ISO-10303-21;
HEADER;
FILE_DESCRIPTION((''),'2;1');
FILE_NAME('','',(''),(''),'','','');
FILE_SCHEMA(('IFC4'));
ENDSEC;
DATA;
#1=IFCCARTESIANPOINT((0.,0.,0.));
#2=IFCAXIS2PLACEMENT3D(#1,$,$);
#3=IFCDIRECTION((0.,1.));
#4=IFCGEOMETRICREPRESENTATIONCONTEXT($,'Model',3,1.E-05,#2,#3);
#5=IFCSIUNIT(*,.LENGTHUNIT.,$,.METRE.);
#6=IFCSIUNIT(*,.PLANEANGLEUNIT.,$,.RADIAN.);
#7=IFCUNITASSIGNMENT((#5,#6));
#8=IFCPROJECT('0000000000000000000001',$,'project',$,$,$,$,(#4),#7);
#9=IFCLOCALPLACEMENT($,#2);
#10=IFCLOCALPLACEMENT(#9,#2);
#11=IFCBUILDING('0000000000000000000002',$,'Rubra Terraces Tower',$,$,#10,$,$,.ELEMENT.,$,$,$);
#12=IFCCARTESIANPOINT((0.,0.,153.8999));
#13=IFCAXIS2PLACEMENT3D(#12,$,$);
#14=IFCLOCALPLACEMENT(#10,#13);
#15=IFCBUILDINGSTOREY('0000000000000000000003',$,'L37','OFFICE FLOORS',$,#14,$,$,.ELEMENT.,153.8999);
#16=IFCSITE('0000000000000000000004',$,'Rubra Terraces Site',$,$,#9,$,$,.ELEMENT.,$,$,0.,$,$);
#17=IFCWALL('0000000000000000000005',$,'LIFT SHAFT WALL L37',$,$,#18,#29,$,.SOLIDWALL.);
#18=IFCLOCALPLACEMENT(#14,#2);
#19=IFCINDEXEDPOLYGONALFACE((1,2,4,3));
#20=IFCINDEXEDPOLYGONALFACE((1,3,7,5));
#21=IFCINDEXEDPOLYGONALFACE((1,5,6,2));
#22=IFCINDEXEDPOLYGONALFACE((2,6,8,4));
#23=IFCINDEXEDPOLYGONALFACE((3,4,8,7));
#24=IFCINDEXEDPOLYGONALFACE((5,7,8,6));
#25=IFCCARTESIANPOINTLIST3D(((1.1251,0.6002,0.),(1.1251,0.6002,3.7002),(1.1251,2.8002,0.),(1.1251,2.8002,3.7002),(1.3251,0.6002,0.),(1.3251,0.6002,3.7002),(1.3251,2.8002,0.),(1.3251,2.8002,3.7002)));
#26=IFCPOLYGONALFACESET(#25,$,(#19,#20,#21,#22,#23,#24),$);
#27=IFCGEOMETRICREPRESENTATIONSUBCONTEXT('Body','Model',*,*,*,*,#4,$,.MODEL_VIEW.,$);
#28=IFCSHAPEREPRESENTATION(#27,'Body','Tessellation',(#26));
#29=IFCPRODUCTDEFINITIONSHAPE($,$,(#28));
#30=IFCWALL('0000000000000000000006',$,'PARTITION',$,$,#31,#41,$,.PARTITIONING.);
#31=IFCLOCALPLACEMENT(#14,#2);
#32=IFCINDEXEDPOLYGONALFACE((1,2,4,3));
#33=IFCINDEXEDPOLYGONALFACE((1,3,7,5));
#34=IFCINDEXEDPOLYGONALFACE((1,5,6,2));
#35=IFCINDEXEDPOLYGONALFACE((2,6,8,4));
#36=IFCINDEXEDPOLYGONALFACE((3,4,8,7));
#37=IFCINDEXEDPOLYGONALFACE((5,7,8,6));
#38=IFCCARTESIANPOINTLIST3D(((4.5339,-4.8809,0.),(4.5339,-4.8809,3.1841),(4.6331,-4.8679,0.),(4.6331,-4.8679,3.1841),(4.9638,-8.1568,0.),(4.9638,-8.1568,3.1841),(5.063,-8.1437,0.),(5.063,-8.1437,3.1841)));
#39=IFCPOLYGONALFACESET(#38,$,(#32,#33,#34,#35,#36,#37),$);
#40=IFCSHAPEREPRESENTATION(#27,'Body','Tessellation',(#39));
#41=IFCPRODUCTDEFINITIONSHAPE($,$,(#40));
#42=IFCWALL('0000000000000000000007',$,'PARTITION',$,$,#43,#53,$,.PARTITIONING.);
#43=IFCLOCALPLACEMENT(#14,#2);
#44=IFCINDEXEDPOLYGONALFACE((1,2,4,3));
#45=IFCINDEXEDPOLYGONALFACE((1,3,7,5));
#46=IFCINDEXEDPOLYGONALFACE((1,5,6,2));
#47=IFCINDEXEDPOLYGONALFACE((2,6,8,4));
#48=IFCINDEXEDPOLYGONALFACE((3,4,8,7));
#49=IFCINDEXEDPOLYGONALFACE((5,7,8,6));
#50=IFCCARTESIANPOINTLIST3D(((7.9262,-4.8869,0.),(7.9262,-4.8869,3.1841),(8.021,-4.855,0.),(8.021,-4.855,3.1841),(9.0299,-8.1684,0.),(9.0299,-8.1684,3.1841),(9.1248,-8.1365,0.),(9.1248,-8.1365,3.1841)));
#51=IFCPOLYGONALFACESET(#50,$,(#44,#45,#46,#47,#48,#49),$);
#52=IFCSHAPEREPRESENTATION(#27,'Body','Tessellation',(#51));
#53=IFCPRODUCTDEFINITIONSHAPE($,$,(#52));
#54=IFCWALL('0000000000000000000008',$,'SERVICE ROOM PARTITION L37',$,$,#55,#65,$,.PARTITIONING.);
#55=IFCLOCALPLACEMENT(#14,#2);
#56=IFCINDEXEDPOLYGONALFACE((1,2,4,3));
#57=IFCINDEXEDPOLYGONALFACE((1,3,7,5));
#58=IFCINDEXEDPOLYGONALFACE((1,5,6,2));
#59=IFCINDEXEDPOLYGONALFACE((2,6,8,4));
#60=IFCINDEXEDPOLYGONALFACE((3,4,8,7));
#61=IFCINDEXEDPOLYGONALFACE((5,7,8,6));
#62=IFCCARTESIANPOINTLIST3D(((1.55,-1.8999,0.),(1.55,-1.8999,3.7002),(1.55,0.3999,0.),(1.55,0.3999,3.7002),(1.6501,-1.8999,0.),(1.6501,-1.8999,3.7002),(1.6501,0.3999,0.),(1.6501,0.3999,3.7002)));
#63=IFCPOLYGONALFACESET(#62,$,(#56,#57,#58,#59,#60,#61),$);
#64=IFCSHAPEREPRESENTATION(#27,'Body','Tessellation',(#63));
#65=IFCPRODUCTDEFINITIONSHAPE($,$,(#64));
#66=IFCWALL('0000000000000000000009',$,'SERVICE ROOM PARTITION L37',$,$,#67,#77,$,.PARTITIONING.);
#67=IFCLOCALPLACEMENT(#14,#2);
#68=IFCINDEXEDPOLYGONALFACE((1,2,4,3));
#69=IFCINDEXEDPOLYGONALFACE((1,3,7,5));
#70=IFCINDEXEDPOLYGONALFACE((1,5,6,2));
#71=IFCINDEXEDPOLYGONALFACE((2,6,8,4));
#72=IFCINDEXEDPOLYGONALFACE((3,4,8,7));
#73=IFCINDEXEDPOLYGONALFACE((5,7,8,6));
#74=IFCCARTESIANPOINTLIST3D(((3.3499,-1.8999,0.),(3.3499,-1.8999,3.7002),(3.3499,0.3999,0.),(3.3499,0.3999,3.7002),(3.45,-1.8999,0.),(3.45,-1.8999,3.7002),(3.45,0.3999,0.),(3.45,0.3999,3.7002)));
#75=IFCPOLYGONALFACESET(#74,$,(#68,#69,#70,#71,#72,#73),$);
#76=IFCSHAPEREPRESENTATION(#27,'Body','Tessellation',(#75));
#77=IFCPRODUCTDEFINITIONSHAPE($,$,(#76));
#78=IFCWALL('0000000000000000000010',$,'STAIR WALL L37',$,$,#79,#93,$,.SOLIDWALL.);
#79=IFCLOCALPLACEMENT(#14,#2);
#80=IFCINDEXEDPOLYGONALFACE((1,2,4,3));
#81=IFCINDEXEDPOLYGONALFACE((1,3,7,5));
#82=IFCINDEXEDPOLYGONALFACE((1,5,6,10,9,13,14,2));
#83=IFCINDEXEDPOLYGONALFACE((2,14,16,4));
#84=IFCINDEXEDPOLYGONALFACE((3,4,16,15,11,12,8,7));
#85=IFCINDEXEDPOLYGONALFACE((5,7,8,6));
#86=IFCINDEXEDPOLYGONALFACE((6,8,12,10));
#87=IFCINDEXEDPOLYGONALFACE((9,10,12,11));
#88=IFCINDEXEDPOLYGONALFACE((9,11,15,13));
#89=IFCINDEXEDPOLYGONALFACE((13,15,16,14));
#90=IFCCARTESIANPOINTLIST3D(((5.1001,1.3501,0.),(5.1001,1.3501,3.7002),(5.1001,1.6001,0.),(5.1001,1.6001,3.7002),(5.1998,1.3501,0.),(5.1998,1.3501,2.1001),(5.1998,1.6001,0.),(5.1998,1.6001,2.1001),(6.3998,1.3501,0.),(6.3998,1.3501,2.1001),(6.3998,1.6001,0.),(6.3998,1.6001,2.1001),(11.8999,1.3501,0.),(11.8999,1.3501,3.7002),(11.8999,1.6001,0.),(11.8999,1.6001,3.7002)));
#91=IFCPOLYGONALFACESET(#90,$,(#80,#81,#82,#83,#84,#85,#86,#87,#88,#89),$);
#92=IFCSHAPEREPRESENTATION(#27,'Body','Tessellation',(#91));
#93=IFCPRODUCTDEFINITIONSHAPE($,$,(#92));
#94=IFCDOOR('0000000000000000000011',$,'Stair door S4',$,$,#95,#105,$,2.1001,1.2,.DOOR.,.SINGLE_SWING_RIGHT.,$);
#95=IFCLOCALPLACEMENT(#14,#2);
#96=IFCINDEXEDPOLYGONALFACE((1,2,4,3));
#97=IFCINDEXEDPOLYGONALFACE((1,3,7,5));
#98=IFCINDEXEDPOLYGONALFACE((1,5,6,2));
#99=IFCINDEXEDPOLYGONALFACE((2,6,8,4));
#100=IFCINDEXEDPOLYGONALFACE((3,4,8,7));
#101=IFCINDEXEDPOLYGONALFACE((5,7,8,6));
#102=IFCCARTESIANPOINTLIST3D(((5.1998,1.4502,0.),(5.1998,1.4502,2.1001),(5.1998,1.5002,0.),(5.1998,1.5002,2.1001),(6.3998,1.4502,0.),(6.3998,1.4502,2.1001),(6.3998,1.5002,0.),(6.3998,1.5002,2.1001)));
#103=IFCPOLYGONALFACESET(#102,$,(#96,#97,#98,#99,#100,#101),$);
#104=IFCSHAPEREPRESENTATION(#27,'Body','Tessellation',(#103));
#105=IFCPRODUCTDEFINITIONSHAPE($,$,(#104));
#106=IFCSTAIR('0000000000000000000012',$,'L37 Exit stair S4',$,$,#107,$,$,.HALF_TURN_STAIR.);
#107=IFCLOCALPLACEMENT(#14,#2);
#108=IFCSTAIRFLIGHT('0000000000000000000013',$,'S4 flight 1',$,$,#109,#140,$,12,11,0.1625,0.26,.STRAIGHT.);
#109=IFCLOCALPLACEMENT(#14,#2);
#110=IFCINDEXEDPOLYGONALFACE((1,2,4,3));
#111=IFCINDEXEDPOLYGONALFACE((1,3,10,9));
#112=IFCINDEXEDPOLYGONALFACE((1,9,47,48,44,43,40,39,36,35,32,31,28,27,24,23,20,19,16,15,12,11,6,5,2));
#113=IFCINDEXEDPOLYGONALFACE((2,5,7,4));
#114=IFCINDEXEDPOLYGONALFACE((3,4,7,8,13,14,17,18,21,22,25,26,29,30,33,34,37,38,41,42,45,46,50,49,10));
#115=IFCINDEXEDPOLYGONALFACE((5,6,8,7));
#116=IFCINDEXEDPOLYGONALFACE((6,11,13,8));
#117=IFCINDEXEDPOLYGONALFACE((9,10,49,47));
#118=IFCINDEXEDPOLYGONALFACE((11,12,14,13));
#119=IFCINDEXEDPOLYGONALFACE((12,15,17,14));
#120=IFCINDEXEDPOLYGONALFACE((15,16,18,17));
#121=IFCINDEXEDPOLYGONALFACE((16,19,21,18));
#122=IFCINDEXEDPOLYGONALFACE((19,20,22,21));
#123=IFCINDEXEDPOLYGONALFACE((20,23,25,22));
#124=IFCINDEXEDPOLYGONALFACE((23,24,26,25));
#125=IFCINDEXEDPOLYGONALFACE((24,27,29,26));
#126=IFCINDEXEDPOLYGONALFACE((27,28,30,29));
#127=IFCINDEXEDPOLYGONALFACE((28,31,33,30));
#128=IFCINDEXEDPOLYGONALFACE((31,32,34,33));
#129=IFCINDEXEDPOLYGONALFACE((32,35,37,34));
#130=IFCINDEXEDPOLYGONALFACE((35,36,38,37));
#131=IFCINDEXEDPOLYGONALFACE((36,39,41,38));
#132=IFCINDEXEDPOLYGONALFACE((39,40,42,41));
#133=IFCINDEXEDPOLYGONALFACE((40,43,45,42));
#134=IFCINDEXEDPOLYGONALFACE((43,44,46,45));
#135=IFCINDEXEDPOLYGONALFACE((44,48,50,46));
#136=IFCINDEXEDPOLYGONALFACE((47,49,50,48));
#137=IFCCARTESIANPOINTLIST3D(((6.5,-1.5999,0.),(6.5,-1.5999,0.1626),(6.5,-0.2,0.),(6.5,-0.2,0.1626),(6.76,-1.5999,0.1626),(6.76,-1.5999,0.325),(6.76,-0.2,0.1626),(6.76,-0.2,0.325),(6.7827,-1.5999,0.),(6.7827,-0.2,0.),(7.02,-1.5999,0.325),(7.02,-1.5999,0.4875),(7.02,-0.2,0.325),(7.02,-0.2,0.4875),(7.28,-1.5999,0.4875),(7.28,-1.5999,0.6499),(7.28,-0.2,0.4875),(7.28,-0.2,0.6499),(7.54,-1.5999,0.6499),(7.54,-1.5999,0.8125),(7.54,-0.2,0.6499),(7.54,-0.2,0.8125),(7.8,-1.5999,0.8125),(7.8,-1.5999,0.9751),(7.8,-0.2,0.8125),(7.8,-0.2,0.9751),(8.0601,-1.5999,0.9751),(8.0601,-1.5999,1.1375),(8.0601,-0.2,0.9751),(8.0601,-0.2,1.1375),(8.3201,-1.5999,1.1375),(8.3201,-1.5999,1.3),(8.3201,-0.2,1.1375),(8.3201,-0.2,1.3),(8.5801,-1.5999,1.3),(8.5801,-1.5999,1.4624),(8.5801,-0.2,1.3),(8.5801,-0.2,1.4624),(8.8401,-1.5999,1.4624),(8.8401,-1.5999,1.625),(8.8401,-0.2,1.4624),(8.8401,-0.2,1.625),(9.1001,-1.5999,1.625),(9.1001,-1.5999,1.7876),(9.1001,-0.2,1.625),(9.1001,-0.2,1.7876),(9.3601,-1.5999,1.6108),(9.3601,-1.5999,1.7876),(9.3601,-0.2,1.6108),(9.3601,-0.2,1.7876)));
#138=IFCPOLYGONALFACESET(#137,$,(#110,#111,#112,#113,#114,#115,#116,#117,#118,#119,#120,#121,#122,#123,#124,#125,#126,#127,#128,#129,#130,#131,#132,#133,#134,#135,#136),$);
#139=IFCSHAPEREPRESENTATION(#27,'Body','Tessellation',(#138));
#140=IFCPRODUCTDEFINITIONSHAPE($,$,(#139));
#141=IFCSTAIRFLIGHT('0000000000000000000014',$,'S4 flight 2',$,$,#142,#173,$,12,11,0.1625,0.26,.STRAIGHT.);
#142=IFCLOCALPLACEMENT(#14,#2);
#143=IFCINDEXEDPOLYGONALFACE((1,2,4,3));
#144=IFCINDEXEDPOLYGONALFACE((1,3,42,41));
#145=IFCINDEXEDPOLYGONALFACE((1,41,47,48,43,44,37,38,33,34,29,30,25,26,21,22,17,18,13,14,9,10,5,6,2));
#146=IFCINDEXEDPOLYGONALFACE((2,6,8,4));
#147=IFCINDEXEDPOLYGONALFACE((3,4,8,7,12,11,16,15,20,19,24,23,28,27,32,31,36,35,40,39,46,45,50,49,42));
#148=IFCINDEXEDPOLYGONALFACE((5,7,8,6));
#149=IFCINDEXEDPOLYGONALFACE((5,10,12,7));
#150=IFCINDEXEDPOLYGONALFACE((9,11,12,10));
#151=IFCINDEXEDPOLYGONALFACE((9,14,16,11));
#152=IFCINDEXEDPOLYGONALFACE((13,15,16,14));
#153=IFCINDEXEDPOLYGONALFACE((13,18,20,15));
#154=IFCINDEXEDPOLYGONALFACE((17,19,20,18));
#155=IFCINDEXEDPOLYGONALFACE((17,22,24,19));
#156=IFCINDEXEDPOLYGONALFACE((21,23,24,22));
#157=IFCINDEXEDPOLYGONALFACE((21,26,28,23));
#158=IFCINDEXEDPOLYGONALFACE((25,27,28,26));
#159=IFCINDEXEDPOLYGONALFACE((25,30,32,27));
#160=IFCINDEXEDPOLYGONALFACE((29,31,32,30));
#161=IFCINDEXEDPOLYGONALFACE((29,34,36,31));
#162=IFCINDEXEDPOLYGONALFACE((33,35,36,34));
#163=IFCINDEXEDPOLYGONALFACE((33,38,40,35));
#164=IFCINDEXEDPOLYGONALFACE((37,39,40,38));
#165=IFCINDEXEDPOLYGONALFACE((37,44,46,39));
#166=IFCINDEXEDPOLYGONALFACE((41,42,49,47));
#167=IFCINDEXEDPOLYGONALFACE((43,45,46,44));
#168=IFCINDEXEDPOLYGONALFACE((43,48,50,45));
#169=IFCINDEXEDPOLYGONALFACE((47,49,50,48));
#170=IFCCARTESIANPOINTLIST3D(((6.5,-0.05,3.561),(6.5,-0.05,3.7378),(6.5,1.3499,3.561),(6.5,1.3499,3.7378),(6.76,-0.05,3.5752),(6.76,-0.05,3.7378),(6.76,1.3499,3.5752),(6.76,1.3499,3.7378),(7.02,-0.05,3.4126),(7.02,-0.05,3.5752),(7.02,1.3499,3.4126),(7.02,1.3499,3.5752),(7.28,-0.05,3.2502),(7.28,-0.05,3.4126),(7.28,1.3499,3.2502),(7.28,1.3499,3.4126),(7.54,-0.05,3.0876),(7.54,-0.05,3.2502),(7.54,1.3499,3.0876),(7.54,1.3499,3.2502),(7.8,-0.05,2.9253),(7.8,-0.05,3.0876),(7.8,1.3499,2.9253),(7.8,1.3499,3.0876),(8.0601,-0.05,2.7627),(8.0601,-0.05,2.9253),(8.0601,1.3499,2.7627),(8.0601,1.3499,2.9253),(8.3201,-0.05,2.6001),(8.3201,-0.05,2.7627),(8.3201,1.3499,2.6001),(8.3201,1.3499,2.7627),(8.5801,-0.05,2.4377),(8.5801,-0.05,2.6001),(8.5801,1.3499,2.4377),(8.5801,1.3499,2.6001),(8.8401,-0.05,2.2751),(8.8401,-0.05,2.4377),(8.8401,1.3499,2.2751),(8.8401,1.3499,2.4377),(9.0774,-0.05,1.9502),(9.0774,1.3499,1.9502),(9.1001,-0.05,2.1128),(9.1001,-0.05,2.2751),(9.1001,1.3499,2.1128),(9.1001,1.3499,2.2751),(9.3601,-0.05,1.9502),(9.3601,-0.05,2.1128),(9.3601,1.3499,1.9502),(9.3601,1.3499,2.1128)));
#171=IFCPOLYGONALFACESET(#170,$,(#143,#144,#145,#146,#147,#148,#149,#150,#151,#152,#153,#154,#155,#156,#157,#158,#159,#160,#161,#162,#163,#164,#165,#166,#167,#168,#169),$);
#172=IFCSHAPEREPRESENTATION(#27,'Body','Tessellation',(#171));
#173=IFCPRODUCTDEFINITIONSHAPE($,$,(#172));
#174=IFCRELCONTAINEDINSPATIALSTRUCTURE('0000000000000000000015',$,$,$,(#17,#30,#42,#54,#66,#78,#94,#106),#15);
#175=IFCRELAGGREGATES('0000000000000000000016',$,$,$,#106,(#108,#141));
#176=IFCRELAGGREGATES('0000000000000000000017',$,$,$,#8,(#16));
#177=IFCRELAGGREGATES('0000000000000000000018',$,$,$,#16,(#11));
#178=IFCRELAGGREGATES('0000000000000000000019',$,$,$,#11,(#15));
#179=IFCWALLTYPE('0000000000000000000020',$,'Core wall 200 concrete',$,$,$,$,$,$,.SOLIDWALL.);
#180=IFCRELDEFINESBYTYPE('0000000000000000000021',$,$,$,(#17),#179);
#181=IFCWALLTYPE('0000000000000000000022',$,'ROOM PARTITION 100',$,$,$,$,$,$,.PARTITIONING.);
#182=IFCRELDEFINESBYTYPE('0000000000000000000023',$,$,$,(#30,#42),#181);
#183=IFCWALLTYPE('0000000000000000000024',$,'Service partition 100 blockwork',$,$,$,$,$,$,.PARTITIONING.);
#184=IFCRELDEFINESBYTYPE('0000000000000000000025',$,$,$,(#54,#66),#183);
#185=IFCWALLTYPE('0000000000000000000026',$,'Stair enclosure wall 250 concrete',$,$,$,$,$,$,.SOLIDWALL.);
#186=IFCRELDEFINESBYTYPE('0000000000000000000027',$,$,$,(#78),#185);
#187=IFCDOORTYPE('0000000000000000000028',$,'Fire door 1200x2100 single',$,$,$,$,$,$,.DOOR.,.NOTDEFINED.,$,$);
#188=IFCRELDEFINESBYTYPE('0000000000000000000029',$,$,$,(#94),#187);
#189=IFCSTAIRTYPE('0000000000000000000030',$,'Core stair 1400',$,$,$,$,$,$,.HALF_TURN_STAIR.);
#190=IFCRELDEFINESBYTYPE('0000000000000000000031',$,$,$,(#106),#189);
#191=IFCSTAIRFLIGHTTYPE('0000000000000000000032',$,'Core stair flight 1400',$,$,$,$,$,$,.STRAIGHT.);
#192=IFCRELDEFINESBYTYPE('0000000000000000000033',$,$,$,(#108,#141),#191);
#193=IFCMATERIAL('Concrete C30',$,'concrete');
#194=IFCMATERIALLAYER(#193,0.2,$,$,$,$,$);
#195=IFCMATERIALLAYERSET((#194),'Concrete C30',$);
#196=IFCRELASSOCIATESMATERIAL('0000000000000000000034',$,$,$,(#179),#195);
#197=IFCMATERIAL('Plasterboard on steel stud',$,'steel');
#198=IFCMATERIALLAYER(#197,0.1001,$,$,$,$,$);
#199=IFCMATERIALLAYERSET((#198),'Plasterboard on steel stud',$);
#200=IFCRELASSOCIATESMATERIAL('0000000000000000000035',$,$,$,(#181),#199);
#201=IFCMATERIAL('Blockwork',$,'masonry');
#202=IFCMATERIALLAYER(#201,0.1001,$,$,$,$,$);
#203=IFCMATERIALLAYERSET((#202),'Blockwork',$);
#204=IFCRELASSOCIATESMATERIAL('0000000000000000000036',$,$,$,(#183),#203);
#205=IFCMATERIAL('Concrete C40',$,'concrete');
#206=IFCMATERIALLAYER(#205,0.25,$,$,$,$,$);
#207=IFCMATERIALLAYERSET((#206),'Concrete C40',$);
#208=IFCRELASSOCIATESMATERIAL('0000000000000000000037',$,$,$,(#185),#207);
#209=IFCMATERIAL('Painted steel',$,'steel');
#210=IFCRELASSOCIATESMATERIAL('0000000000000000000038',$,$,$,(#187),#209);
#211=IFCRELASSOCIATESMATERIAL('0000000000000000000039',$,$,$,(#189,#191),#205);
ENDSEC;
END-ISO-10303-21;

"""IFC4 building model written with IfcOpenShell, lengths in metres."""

from ifc_helpers import new_model, si_unit, direction, frame, frame_2d, origin, place, context, subcontext, project, spatial, polyline, rectangle, outline, extrude, material, layer, layer_set, type_object, element, fill, aggregate, save


model = new_model("IFC4")

# Units and contexts
model_context = context("Model", 3, precision=1e-05, world=origin(), true_north=direction((0.0, 1.0)))
body_context = subcontext(model_context, "Body", "Model", "MODEL_VIEW")
ifc_project = project(units=[si_unit("LENGTHUNIT", "METRE"), si_unit("PLANEANGLEUNIT", "RADIAN")], contexts=[model_context])

# Site, building, storey
site_placement = place(None, origin())
site = spatial("IfcSite", under=ifc_project, at=site_placement, Name="Rubra Terraces Site", CompositionType="ELEMENT", RefElevation=0.0)
building_placement = place(site_placement, origin())
building = spatial("IfcBuilding", under=site, at=building_placement, Name="Rubra Terraces Tower", CompositionType="ELEMENT")
storey_placement = place(building_placement, frame((0.0, 0.0, 153.8999)))
storey = spatial("IfcBuildingStorey", under=building, at=storey_placement, Name="L37", Description="OFFICE FLOORS", CompositionType="ELEMENT", Elevation=153.8999)

# Shared definitions
ifc_material_1 = material(Name="Painted steel", Category="steel")

# Walls
ifc_material_2 = material(Name="Concrete C40", Category="concrete")
ifc_material_3 = material(Name="Concrete C30", Category="concrete")
ifc_layer_1 = layer(ifc_material_3, 0.2)
ifc_layer_set_1 = layer_set([ifc_layer_1], Name="Concrete C30")
wall_type_1 = type_object("IfcWallType", Name="Core wall 200 concrete", PredefinedType="SOLIDWALL", material=ifc_layer_set_1)
wall_1_placement = place(storey_placement, frame((1.2251, 0.6001, 0.0), z_axis=(0.0, 0.0, 1.0), x_axis=(0.0, 1.0, 0.0)))
element("IfcWall", 1, at=wall_1_placement, inside=storey, type_object=wall_type_1, Name="LIFT SHAFT WALL L37", PredefinedType="SOLIDWALL", context=body_context, shape_type="SweptSolid", body=[
    extrude(rectangle(XDim=2.2, YDim=0.2, at=frame_2d((1.1001, 0.0))), origin(), (0.0, 0.0, 1.0), 3.7002),
])
ifc_material_4 = material(Name="Plasterboard on steel stud", Category="steel")
ifc_layer_2 = layer(ifc_material_4, 0.1001)
ifc_layer_set_2 = layer_set([ifc_layer_2], Name="Plasterboard on steel stud")
wall_type_2 = type_object("IfcWallType", Name="ROOM PARTITION 100", PredefinedType="PARTITIONING", material=ifc_layer_set_2)
wall_2_placement = place(storey_placement, frame((4.5835, -4.8745, 0.0), z_axis=(0.0, 0.0, 1.0), x_axis=(0.130126, -0.991498, 0.0)))
element("IfcWall", 2, at=wall_2_placement, inside=storey, type_object=wall_type_2, Name="PARTITION", PredefinedType="PARTITIONING", context=body_context, shape_type="SweptSolid", body=[
    extrude(rectangle(XDim=3.304, YDim=0.1001, at=frame_2d((1.6519, 0.0))), origin(), (0.0, 0.0, 1.0), 3.1841),
])
wall_3_placement = place(storey_placement, frame((7.9736, -4.8711, 0.0), z_axis=(0.0, 0.0, 1.0), x_axis=(0.318808, -0.947819, 0.0)))
element("IfcWall", 3, at=wall_3_placement, inside=storey, type_object=wall_type_2, Name="PARTITION", PredefinedType="PARTITIONING", context=body_context, shape_type="SweptSolid", body=[
    extrude(rectangle(XDim=3.4622, YDim=0.1001, at=frame_2d((1.731, 0.0))), origin(), (0.0, 0.0, 1.0), 3.1841),
])
ifc_material_5 = material(Name="Blockwork", Category="masonry")
ifc_layer_3 = layer(ifc_material_5, 0.1001)
ifc_layer_set_3 = layer_set([ifc_layer_3], Name="Blockwork")
wall_type_3 = type_object("IfcWallType", Name="Service partition 100 blockwork", PredefinedType="PARTITIONING", material=ifc_layer_set_3)
for number, where, z_axis, x_axis, name in (
    (4, (1.6001, -1.8999, 0.0), (0.0, 0.0, 1.0), (0.0, 1.0, 0.0), "SERVICE ROOM PARTITION L37"),
    (5, (3.3999, -1.8999, 0.0), (0.0, 0.0, 1.0), (0.0, 1.0, 0.0), "SERVICE ROOM PARTITION L37"),
):
    element("IfcWall", number, at=place(storey_placement, frame(where, z_axis=z_axis, x_axis=x_axis)), inside=storey, type_object=wall_type_3, Name=name, PredefinedType="PARTITIONING", context=body_context, shape_type="SweptSolid", body=[
        extrude(rectangle(XDim=2.2998, YDim=0.1001, at=frame_2d((1.1499, 0.0))), origin(), (0.0, 0.0, 1.0), 3.7002),
    ])

# Wall, opening, door
ifc_layer_4 = layer(ifc_material_2, 0.25)
ifc_layer_set_4 = layer_set([ifc_layer_4], Name="Concrete C40")
wall_type_4 = type_object("IfcWallType", Name="Stair enclosure wall 250 concrete", PredefinedType="SOLIDWALL", material=ifc_layer_set_4)
wall_4_placement = place(storey_placement, frame((11.8999, 1.4751, 0.0), z_axis=(0.0, 0.0, 1.0), x_axis=(-1.0, 0.0, 0.0)))
wall_4 = element("IfcWall", 6, at=wall_4_placement, inside=storey, type_object=wall_type_4, Name="STAIR WALL L37", PredefinedType="SOLIDWALL", context=body_context, shape_type="SweptSolid", body=[
    extrude(rectangle(XDim=6.7998, YDim=0.25, at=frame_2d((3.3999, 0.0))), origin(), (0.0, 0.0, 1.0), 3.7002),
])
opening_1_placement = place(wall_4_placement, frame((5.5, 0.0, 0.0)))
opening_1 = element("IfcOpeningElement", 7, at=opening_1_placement, cuts=wall_4, PredefinedType="OPENING", context=body_context, shape_type="SweptSolid", body=[
    extrude(rectangle(XDim=1.2, YDim=2.1001, at=frame_2d((0.6001, 1.05))), frame((0.0, 0.135, 0.0), z_axis=(0.0, -1.0, 0.0), x_axis=(1.0, 0.0, 0.0)), (0.0, 0.0, 1.0), 0.27),
])
door_type_1 = type_object("IfcDoorType", Name="Fire door 1200x2100 single", OperationType="NOTDEFINED", PredefinedType="DOOR", material=ifc_material_1)
door_1_placement = place(opening_1_placement, origin())
door_1 = element("IfcDoor", 8, at=door_1_placement, inside=storey, type_object=door_type_1, Name="Stair door S4", OperationType="SINGLE_SWING_RIGHT", OverallHeight=2.1001, OverallWidth=1.2, PredefinedType="DOOR", context=body_context, shape_type="SweptSolid", body=[
    extrude(rectangle(XDim=1.2, YDim=2.1001, at=frame_2d((0.6001, 1.05))), frame((0.0, 0.0249, 0.0), z_axis=(0.0, -1.0, 0.0), x_axis=(1.0, 0.0, 0.0)), (0.0, 0.0, 1.0), 0.05),
])
fill(opening_1, door_1)

# Stair, stair flights
stair_type = type_object("IfcStairType", Name="Core stair 1400", PredefinedType="HALF_TURN_STAIR", material=ifc_material_2)
stair_placement = place(storey_placement, origin())
stair = element("IfcStair", 9, at=stair_placement, inside=storey, type_object=stair_type, Name="L37 Exit stair S4", PredefinedType="HALF_TURN_STAIR")
stair_flight_type = type_object("IfcStairFlightType", Name="Core stair flight 1400", PredefinedType="STRAIGHT", material=ifc_material_2)
stair_flight_1_placement = place(storey_placement, frame((6.5, -0.8999, 0.0), z_axis=(0.0, 0.0, 1.0), x_axis=(1.0, 0.0, 0.0)))
stair_flight_1 = element("IfcStairFlight", 10, at=stair_flight_1_placement, type_object=stair_flight_type, Name="S4 flight 1", NumberOfRisers=12, NumberOfTreads=11, PredefinedType="STRAIGHT", RiserHeight=0.1625, TreadLength=0.26, context=body_context, shape_type="SweptSolid", body=[
    extrude(outline(polyline([(0.0, 0.0), (0.0, 0.1626), (0.26, 0.1626), (0.26, 0.325), (0.52, 0.325), (0.52, 0.4875), (0.78, 0.4875), (0.78, 0.6499), (1.04, 0.6499), (1.04, 0.8125), (1.3, 0.8125), (1.3, 0.9751), (1.5601, 0.9751), (1.5601, 1.1375), (1.8201, 1.1375), (1.8201, 1.3), (2.0801, 1.3), (2.0801, 1.4624), (2.3401, 1.4624), (2.3401, 1.625), (2.6001, 1.625), (2.6001, 1.7876), (2.8601, 1.7876), (2.8601, 1.95), (2.8601, 1.6108), (0.2827, 0.0), (0.0, 0.0)])), frame((0.0, 0.7, 0.0), z_axis=(0.0, -1.0, 0.0), x_axis=(1.0, 0.0, 0.0)), (0.0, 0.0, 1.0), 1.3999),
])
stair_flight_2_placement = place(storey_placement, frame((9.3601, 0.6499, 1.9502), z_axis=(0.0, 0.0, 1.0), x_axis=(-1.0, 0.0, 0.0)))
stair_flight_2 = element("IfcStairFlight", 11, at=stair_flight_2_placement, type_object=stair_flight_type, Name="S4 flight 2", NumberOfRisers=12, NumberOfTreads=11, PredefinedType="STRAIGHT", RiserHeight=0.1625, TreadLength=0.26, context=body_context, shape_type="SweptSolid", body=[
    extrude(outline(polyline([(0.0, 0.0), (0.0, 0.1626), (0.26, 0.1626), (0.26, 0.325), (0.52, 0.325), (0.52, 0.4875), (0.78, 0.4875), (0.78, 0.6499), (1.04, 0.6499), (1.04, 0.8125), (1.3, 0.8125), (1.3, 0.9751), (1.5601, 0.9751), (1.5601, 1.1375), (1.8201, 1.1375), (1.8201, 1.3), (2.0801, 1.3), (2.0801, 1.4624), (2.3401, 1.4624), (2.3401, 1.625), (2.6001, 1.625), (2.6001, 1.7876), (2.8601, 1.7876), (2.8601, 1.95), (2.8601, 1.6108), (0.2827, 0.0), (0.0, 0.0)])), frame((0.0, 0.7, 0.0), z_axis=(0.0, -1.0, 0.0), x_axis=(1.0, 0.0, 0.0)), (0.0, 0.0, 1.0), 1.3999),
])
aggregate(stair, [stair_flight_1, stair_flight_2])

save(model, "model.ifc")
